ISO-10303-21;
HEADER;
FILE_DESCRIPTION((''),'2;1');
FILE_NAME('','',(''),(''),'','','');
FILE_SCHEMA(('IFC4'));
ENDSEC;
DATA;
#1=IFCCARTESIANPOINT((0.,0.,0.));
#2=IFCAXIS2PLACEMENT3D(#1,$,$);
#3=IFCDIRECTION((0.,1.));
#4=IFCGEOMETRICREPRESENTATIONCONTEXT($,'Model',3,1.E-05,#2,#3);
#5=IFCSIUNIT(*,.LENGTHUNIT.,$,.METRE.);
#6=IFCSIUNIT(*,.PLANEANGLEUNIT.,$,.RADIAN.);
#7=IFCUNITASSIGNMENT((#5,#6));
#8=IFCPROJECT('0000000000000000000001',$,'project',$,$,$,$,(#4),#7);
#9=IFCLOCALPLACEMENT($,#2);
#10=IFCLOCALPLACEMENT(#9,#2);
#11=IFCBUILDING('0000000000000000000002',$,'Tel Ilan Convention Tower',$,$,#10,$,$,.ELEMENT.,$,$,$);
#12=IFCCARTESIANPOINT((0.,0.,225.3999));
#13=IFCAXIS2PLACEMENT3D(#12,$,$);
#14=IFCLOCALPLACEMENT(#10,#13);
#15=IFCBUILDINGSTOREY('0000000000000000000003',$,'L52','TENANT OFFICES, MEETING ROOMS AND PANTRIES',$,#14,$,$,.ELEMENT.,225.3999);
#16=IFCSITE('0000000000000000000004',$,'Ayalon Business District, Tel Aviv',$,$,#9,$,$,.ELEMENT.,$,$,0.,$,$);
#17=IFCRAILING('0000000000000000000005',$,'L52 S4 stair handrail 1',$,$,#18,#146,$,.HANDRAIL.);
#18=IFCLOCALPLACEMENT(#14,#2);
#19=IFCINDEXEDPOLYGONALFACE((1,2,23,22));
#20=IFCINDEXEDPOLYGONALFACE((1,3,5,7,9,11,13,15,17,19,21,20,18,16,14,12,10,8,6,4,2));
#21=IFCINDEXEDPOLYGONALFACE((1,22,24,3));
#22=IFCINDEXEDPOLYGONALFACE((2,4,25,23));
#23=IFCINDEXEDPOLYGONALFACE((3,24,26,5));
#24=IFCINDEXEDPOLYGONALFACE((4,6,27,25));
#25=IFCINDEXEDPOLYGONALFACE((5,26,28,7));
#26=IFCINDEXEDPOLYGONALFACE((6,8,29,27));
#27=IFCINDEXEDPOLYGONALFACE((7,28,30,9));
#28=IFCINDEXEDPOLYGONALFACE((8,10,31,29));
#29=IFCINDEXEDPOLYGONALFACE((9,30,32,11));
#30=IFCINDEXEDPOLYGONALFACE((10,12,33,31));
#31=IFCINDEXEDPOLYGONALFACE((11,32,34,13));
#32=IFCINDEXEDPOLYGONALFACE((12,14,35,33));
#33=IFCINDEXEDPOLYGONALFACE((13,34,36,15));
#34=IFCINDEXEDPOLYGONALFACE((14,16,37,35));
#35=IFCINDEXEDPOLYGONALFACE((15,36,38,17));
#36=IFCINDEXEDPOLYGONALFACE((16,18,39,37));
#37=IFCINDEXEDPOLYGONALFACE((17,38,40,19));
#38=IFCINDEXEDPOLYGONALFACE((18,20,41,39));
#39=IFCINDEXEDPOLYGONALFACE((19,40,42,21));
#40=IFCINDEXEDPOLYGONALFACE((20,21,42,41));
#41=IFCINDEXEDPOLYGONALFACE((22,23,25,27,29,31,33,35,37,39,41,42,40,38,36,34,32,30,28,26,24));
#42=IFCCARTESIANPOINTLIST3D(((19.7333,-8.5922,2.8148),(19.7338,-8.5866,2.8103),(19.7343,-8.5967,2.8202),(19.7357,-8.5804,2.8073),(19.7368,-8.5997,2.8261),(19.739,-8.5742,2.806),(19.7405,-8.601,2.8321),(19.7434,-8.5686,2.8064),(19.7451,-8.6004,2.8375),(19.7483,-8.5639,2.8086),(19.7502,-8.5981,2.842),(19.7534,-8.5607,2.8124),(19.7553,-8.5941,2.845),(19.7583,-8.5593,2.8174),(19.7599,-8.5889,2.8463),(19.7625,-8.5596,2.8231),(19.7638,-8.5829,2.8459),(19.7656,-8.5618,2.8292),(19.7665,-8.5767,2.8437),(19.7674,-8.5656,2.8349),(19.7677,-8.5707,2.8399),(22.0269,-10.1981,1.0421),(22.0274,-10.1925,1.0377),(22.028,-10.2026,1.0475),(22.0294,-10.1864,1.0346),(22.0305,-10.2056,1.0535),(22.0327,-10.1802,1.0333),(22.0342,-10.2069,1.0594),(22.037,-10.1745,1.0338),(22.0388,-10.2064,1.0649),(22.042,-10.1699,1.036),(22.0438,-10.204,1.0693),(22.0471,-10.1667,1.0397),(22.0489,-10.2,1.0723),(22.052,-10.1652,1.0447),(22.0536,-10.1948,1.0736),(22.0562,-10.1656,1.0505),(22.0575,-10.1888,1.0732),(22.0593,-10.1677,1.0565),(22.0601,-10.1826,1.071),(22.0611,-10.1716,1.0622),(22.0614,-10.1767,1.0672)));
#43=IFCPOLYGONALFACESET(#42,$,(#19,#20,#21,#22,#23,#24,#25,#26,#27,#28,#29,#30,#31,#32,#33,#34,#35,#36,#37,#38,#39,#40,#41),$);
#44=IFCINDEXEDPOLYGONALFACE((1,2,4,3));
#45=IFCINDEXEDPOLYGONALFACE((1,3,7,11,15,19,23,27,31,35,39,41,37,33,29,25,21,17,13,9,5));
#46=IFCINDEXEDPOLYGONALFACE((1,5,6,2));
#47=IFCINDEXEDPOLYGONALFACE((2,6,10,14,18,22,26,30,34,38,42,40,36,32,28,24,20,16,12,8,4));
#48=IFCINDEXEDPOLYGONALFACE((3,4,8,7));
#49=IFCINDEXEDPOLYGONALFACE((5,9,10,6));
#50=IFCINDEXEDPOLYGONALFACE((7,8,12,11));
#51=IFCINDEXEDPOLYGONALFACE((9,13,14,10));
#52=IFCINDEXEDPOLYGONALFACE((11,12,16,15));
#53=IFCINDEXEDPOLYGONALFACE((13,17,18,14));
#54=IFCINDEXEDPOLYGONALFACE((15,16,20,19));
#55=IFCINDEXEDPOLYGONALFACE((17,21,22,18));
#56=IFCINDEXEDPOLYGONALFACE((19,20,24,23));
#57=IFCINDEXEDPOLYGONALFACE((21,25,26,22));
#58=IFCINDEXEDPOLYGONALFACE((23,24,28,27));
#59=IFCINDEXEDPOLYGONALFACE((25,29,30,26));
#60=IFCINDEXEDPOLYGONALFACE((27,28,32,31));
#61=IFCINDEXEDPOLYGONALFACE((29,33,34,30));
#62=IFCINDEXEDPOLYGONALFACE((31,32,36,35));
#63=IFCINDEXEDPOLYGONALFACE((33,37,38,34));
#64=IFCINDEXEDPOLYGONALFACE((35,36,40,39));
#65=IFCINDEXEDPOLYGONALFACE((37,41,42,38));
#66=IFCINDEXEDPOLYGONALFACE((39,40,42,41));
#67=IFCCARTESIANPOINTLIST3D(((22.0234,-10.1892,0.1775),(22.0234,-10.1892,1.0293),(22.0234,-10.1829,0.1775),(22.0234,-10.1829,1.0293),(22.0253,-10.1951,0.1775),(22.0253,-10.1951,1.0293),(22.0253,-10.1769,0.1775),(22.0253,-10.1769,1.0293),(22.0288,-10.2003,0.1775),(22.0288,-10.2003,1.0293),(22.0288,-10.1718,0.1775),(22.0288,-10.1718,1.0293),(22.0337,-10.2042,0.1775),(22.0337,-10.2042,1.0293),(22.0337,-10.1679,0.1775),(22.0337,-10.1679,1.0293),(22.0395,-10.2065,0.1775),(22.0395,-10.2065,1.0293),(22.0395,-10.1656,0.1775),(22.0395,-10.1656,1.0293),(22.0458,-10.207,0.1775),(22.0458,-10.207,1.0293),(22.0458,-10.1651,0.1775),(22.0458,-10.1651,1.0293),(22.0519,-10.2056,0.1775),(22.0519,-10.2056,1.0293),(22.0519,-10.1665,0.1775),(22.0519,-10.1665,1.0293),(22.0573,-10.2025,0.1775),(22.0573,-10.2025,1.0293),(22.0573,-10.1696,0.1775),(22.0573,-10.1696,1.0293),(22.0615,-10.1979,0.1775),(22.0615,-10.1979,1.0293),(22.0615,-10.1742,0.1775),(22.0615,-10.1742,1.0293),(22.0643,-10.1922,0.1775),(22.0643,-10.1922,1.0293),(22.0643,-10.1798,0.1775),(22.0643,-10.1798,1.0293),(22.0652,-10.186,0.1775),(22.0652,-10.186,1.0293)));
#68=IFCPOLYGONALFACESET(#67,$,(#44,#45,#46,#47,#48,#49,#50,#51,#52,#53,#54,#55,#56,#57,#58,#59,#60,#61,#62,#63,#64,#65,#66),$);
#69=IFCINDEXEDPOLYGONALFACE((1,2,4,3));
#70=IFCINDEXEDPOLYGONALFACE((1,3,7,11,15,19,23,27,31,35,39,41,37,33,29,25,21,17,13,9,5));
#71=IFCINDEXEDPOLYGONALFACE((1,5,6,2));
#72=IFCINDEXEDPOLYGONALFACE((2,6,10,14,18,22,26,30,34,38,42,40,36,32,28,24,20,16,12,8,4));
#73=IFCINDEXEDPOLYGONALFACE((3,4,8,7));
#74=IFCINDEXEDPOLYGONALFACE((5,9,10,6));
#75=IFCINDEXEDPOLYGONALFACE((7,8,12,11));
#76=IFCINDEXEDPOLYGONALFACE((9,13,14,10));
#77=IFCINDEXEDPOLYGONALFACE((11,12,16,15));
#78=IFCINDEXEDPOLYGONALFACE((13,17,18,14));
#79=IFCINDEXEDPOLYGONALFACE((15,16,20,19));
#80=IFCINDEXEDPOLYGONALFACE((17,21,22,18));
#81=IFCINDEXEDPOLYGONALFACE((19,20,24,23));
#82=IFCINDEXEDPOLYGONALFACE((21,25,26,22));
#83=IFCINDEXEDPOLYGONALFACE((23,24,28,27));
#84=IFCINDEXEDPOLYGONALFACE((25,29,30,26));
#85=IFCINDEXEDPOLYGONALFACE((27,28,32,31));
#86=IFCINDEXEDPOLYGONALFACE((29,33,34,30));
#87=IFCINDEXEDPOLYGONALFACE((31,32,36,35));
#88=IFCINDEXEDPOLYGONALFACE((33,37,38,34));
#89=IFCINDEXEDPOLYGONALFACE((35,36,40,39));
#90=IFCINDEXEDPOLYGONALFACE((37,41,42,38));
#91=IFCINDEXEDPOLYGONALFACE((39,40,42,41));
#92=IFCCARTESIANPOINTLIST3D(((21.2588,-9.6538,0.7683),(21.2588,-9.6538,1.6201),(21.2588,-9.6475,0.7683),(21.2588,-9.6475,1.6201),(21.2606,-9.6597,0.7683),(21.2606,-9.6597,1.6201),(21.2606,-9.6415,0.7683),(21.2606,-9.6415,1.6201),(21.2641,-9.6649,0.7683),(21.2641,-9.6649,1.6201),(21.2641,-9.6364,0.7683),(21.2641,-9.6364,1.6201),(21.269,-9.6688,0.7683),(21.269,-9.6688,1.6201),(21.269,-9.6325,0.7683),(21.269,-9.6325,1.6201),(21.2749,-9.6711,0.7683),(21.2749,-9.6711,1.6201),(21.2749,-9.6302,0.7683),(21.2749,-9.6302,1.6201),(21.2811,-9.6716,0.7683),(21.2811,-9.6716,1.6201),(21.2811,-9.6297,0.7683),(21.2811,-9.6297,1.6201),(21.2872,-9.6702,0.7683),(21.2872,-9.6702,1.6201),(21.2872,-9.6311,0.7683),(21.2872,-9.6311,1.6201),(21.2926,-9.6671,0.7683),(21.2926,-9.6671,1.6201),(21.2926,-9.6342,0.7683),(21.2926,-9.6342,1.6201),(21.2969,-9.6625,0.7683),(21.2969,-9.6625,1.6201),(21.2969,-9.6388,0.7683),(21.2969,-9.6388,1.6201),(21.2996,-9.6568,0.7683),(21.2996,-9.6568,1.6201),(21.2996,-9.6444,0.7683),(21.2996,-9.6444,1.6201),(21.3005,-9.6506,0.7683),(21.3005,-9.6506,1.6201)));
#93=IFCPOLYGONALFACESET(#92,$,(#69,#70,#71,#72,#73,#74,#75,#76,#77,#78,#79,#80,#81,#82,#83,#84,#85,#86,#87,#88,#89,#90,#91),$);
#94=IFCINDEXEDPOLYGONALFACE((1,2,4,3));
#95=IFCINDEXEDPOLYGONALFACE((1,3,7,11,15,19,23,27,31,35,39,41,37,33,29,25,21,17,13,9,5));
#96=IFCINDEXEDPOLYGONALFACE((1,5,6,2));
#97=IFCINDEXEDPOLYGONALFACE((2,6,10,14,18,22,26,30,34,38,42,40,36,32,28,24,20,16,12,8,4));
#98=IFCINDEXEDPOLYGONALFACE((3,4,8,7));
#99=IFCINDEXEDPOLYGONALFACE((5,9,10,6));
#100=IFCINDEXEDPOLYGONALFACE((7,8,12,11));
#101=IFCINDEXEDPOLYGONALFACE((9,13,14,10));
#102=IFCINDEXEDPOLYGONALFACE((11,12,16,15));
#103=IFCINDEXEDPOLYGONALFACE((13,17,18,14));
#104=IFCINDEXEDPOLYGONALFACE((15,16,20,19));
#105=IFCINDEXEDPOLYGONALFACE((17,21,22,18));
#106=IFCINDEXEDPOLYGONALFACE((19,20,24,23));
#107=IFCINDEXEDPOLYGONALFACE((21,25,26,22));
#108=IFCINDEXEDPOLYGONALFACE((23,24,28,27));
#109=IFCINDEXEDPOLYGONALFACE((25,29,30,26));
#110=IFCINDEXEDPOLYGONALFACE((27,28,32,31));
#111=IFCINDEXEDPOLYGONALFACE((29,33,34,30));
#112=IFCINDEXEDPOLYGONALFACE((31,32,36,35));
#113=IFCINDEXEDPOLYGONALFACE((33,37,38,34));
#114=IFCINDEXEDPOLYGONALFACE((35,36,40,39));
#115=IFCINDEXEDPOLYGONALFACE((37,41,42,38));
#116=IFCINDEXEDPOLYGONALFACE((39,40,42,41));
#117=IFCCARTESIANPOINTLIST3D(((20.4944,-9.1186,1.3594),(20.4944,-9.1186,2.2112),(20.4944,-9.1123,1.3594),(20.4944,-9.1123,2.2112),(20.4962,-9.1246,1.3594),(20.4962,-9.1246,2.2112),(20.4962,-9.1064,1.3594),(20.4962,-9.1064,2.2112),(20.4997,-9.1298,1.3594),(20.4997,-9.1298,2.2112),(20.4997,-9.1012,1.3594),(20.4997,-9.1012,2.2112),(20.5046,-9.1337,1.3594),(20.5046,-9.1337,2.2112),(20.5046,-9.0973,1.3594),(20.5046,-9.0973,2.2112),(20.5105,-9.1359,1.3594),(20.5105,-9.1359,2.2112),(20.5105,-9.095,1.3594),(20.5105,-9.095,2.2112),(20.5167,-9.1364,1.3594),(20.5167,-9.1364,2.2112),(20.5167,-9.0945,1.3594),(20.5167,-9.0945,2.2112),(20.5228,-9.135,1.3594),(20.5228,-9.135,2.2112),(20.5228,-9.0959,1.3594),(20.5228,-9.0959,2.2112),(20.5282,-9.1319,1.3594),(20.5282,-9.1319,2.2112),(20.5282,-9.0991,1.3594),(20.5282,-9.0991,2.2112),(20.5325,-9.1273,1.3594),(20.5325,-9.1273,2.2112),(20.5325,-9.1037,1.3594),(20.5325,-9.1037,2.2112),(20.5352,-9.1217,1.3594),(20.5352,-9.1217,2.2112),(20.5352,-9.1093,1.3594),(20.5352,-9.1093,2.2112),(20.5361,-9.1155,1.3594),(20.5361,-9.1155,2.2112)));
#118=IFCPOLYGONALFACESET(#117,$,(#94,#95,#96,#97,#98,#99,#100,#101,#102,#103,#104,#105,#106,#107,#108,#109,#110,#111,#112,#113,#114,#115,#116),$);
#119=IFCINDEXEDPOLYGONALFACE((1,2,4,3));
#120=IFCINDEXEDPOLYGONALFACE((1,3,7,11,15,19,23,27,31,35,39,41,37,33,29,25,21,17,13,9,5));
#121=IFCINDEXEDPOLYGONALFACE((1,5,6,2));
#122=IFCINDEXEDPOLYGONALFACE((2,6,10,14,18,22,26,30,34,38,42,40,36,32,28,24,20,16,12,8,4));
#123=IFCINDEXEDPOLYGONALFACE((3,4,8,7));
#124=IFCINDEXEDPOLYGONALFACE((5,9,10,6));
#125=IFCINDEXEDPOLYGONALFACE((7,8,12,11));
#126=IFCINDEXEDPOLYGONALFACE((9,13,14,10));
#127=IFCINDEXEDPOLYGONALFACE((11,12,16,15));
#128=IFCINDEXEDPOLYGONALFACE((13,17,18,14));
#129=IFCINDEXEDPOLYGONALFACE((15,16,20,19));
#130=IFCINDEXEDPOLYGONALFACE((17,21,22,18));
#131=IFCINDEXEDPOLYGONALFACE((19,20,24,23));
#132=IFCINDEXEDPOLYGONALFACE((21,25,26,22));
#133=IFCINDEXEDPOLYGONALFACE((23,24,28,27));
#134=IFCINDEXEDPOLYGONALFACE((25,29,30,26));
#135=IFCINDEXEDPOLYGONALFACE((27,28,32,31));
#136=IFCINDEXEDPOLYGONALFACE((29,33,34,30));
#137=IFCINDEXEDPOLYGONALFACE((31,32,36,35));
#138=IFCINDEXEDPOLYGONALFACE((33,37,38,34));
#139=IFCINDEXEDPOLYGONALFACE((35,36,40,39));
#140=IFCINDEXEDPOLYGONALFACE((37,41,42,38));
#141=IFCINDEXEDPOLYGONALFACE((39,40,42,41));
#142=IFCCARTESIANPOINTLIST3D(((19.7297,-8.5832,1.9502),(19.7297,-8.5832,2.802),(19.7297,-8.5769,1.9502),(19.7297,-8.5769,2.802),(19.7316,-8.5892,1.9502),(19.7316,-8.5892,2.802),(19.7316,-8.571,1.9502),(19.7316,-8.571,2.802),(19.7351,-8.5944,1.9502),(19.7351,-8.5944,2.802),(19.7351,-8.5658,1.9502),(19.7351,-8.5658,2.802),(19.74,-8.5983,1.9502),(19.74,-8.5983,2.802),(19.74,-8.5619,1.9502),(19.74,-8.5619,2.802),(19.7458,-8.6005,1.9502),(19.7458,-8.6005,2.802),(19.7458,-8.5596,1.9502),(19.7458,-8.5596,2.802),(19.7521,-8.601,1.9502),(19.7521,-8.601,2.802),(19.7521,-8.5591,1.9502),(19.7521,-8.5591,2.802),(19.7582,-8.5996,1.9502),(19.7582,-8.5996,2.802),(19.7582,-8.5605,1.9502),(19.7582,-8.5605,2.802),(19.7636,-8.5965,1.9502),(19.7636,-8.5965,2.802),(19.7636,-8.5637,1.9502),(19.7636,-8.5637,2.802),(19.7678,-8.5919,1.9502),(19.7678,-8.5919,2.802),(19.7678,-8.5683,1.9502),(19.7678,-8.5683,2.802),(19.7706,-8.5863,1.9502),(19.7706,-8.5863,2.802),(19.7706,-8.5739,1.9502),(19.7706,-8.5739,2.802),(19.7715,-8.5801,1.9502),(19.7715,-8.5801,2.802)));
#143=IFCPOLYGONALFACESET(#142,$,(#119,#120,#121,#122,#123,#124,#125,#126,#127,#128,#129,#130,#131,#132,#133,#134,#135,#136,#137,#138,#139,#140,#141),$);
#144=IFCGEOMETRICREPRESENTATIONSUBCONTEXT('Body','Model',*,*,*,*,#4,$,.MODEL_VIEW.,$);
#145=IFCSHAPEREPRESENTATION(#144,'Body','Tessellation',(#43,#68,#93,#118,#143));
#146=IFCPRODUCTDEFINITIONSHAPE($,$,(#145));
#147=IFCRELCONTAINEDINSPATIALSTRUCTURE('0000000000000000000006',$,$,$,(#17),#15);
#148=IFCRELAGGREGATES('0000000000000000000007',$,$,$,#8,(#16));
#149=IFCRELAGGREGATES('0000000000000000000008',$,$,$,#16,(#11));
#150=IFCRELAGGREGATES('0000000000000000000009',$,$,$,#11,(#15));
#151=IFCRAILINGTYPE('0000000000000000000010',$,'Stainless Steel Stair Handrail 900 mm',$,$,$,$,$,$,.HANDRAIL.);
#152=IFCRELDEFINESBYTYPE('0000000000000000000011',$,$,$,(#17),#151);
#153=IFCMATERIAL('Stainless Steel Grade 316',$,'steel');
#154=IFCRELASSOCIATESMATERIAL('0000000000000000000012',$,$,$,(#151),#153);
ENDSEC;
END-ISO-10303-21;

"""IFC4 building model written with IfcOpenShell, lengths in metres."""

from ifc_helpers import new_model, si_unit, direction, frame, origin, origin_2d, place, context, subcontext, project, spatial, circle, extrude, material, type_object, element, save


model = new_model("IFC4")

# Units and contexts
model_context = context("Model", 3, precision=1e-05, world=origin(), true_north=direction((0.0, 1.0)))
body_context = subcontext(model_context, "Body", "Model", "MODEL_VIEW")
ifc_project = project(units=[si_unit("LENGTHUNIT", "METRE"), si_unit("PLANEANGLEUNIT", "RADIAN")], contexts=[model_context])

# Site, building, storey
site_placement = place(None, origin())
site = spatial("IfcSite", under=ifc_project, at=site_placement, Name="Ayalon Business District, Tel Aviv", CompositionType="ELEMENT", RefElevation=0.0)
building_placement = place(site_placement, origin())
building = spatial("IfcBuilding", under=site, at=building_placement, Name="Tel Ilan Convention Tower", CompositionType="ELEMENT")
storey_placement = place(building_placement, frame((0.0, 0.0, 225.3999)))
storey = spatial("IfcBuildingStorey", under=building, at=storey_placement, Name="L52", Description="TENANT OFFICES, MEETING ROOMS AND PANTRIES", CompositionType="ELEMENT", Elevation=225.3999)

# Railing
ifc_material_1 = material(Name="Stainless Steel Grade 316", Category="steel")
railing_type_1 = type_object("IfcRailingType", Name="Stainless Steel Stair Handrail 900 mm", PredefinedType="HANDRAIL", material=ifc_material_1)
railing_1_placement = place(storey_placement, frame((22.0442, -10.186, 0.1775)))
element("IfcRailing", 1, at=railing_1_placement, inside=storey, type_object=railing_type_1, Name="L52 S4 stair handrail 1", PredefinedType="HANDRAIL", context=body_context, shape_type="SweptSolid", body=[
    extrude(circle(Radius=0.0239, at=origin_2d()), frame((0.0, 0.0, 0.876), z_axis=(-0.692123, 0.484597, 0.534913), x_axis=(-0.57355, -0.81917, 0.0)), (0.0, 0.0, 1.0), 3.314),
    extrude(circle(Radius=0.021, at=origin_2d()), origin(), (0.0, 0.0, 1.0), 0.8518),
    extrude(circle(Radius=0.021, at=origin_2d()), frame((-0.7646, 0.5354, 0.5908)), (0.0, 0.0, 1.0), 0.8518),
    extrude(circle(Radius=0.021, at=origin_2d()), frame((-1.5291, 1.0706, 1.1819)), (0.0, 0.0, 1.0), 0.8518),
    extrude(circle(Radius=0.021, at=origin_2d()), frame((-2.2937, 1.606, 1.7727)), (0.0, 0.0, 1.0), 0.8518),
])

save(model, "model.ifc")
